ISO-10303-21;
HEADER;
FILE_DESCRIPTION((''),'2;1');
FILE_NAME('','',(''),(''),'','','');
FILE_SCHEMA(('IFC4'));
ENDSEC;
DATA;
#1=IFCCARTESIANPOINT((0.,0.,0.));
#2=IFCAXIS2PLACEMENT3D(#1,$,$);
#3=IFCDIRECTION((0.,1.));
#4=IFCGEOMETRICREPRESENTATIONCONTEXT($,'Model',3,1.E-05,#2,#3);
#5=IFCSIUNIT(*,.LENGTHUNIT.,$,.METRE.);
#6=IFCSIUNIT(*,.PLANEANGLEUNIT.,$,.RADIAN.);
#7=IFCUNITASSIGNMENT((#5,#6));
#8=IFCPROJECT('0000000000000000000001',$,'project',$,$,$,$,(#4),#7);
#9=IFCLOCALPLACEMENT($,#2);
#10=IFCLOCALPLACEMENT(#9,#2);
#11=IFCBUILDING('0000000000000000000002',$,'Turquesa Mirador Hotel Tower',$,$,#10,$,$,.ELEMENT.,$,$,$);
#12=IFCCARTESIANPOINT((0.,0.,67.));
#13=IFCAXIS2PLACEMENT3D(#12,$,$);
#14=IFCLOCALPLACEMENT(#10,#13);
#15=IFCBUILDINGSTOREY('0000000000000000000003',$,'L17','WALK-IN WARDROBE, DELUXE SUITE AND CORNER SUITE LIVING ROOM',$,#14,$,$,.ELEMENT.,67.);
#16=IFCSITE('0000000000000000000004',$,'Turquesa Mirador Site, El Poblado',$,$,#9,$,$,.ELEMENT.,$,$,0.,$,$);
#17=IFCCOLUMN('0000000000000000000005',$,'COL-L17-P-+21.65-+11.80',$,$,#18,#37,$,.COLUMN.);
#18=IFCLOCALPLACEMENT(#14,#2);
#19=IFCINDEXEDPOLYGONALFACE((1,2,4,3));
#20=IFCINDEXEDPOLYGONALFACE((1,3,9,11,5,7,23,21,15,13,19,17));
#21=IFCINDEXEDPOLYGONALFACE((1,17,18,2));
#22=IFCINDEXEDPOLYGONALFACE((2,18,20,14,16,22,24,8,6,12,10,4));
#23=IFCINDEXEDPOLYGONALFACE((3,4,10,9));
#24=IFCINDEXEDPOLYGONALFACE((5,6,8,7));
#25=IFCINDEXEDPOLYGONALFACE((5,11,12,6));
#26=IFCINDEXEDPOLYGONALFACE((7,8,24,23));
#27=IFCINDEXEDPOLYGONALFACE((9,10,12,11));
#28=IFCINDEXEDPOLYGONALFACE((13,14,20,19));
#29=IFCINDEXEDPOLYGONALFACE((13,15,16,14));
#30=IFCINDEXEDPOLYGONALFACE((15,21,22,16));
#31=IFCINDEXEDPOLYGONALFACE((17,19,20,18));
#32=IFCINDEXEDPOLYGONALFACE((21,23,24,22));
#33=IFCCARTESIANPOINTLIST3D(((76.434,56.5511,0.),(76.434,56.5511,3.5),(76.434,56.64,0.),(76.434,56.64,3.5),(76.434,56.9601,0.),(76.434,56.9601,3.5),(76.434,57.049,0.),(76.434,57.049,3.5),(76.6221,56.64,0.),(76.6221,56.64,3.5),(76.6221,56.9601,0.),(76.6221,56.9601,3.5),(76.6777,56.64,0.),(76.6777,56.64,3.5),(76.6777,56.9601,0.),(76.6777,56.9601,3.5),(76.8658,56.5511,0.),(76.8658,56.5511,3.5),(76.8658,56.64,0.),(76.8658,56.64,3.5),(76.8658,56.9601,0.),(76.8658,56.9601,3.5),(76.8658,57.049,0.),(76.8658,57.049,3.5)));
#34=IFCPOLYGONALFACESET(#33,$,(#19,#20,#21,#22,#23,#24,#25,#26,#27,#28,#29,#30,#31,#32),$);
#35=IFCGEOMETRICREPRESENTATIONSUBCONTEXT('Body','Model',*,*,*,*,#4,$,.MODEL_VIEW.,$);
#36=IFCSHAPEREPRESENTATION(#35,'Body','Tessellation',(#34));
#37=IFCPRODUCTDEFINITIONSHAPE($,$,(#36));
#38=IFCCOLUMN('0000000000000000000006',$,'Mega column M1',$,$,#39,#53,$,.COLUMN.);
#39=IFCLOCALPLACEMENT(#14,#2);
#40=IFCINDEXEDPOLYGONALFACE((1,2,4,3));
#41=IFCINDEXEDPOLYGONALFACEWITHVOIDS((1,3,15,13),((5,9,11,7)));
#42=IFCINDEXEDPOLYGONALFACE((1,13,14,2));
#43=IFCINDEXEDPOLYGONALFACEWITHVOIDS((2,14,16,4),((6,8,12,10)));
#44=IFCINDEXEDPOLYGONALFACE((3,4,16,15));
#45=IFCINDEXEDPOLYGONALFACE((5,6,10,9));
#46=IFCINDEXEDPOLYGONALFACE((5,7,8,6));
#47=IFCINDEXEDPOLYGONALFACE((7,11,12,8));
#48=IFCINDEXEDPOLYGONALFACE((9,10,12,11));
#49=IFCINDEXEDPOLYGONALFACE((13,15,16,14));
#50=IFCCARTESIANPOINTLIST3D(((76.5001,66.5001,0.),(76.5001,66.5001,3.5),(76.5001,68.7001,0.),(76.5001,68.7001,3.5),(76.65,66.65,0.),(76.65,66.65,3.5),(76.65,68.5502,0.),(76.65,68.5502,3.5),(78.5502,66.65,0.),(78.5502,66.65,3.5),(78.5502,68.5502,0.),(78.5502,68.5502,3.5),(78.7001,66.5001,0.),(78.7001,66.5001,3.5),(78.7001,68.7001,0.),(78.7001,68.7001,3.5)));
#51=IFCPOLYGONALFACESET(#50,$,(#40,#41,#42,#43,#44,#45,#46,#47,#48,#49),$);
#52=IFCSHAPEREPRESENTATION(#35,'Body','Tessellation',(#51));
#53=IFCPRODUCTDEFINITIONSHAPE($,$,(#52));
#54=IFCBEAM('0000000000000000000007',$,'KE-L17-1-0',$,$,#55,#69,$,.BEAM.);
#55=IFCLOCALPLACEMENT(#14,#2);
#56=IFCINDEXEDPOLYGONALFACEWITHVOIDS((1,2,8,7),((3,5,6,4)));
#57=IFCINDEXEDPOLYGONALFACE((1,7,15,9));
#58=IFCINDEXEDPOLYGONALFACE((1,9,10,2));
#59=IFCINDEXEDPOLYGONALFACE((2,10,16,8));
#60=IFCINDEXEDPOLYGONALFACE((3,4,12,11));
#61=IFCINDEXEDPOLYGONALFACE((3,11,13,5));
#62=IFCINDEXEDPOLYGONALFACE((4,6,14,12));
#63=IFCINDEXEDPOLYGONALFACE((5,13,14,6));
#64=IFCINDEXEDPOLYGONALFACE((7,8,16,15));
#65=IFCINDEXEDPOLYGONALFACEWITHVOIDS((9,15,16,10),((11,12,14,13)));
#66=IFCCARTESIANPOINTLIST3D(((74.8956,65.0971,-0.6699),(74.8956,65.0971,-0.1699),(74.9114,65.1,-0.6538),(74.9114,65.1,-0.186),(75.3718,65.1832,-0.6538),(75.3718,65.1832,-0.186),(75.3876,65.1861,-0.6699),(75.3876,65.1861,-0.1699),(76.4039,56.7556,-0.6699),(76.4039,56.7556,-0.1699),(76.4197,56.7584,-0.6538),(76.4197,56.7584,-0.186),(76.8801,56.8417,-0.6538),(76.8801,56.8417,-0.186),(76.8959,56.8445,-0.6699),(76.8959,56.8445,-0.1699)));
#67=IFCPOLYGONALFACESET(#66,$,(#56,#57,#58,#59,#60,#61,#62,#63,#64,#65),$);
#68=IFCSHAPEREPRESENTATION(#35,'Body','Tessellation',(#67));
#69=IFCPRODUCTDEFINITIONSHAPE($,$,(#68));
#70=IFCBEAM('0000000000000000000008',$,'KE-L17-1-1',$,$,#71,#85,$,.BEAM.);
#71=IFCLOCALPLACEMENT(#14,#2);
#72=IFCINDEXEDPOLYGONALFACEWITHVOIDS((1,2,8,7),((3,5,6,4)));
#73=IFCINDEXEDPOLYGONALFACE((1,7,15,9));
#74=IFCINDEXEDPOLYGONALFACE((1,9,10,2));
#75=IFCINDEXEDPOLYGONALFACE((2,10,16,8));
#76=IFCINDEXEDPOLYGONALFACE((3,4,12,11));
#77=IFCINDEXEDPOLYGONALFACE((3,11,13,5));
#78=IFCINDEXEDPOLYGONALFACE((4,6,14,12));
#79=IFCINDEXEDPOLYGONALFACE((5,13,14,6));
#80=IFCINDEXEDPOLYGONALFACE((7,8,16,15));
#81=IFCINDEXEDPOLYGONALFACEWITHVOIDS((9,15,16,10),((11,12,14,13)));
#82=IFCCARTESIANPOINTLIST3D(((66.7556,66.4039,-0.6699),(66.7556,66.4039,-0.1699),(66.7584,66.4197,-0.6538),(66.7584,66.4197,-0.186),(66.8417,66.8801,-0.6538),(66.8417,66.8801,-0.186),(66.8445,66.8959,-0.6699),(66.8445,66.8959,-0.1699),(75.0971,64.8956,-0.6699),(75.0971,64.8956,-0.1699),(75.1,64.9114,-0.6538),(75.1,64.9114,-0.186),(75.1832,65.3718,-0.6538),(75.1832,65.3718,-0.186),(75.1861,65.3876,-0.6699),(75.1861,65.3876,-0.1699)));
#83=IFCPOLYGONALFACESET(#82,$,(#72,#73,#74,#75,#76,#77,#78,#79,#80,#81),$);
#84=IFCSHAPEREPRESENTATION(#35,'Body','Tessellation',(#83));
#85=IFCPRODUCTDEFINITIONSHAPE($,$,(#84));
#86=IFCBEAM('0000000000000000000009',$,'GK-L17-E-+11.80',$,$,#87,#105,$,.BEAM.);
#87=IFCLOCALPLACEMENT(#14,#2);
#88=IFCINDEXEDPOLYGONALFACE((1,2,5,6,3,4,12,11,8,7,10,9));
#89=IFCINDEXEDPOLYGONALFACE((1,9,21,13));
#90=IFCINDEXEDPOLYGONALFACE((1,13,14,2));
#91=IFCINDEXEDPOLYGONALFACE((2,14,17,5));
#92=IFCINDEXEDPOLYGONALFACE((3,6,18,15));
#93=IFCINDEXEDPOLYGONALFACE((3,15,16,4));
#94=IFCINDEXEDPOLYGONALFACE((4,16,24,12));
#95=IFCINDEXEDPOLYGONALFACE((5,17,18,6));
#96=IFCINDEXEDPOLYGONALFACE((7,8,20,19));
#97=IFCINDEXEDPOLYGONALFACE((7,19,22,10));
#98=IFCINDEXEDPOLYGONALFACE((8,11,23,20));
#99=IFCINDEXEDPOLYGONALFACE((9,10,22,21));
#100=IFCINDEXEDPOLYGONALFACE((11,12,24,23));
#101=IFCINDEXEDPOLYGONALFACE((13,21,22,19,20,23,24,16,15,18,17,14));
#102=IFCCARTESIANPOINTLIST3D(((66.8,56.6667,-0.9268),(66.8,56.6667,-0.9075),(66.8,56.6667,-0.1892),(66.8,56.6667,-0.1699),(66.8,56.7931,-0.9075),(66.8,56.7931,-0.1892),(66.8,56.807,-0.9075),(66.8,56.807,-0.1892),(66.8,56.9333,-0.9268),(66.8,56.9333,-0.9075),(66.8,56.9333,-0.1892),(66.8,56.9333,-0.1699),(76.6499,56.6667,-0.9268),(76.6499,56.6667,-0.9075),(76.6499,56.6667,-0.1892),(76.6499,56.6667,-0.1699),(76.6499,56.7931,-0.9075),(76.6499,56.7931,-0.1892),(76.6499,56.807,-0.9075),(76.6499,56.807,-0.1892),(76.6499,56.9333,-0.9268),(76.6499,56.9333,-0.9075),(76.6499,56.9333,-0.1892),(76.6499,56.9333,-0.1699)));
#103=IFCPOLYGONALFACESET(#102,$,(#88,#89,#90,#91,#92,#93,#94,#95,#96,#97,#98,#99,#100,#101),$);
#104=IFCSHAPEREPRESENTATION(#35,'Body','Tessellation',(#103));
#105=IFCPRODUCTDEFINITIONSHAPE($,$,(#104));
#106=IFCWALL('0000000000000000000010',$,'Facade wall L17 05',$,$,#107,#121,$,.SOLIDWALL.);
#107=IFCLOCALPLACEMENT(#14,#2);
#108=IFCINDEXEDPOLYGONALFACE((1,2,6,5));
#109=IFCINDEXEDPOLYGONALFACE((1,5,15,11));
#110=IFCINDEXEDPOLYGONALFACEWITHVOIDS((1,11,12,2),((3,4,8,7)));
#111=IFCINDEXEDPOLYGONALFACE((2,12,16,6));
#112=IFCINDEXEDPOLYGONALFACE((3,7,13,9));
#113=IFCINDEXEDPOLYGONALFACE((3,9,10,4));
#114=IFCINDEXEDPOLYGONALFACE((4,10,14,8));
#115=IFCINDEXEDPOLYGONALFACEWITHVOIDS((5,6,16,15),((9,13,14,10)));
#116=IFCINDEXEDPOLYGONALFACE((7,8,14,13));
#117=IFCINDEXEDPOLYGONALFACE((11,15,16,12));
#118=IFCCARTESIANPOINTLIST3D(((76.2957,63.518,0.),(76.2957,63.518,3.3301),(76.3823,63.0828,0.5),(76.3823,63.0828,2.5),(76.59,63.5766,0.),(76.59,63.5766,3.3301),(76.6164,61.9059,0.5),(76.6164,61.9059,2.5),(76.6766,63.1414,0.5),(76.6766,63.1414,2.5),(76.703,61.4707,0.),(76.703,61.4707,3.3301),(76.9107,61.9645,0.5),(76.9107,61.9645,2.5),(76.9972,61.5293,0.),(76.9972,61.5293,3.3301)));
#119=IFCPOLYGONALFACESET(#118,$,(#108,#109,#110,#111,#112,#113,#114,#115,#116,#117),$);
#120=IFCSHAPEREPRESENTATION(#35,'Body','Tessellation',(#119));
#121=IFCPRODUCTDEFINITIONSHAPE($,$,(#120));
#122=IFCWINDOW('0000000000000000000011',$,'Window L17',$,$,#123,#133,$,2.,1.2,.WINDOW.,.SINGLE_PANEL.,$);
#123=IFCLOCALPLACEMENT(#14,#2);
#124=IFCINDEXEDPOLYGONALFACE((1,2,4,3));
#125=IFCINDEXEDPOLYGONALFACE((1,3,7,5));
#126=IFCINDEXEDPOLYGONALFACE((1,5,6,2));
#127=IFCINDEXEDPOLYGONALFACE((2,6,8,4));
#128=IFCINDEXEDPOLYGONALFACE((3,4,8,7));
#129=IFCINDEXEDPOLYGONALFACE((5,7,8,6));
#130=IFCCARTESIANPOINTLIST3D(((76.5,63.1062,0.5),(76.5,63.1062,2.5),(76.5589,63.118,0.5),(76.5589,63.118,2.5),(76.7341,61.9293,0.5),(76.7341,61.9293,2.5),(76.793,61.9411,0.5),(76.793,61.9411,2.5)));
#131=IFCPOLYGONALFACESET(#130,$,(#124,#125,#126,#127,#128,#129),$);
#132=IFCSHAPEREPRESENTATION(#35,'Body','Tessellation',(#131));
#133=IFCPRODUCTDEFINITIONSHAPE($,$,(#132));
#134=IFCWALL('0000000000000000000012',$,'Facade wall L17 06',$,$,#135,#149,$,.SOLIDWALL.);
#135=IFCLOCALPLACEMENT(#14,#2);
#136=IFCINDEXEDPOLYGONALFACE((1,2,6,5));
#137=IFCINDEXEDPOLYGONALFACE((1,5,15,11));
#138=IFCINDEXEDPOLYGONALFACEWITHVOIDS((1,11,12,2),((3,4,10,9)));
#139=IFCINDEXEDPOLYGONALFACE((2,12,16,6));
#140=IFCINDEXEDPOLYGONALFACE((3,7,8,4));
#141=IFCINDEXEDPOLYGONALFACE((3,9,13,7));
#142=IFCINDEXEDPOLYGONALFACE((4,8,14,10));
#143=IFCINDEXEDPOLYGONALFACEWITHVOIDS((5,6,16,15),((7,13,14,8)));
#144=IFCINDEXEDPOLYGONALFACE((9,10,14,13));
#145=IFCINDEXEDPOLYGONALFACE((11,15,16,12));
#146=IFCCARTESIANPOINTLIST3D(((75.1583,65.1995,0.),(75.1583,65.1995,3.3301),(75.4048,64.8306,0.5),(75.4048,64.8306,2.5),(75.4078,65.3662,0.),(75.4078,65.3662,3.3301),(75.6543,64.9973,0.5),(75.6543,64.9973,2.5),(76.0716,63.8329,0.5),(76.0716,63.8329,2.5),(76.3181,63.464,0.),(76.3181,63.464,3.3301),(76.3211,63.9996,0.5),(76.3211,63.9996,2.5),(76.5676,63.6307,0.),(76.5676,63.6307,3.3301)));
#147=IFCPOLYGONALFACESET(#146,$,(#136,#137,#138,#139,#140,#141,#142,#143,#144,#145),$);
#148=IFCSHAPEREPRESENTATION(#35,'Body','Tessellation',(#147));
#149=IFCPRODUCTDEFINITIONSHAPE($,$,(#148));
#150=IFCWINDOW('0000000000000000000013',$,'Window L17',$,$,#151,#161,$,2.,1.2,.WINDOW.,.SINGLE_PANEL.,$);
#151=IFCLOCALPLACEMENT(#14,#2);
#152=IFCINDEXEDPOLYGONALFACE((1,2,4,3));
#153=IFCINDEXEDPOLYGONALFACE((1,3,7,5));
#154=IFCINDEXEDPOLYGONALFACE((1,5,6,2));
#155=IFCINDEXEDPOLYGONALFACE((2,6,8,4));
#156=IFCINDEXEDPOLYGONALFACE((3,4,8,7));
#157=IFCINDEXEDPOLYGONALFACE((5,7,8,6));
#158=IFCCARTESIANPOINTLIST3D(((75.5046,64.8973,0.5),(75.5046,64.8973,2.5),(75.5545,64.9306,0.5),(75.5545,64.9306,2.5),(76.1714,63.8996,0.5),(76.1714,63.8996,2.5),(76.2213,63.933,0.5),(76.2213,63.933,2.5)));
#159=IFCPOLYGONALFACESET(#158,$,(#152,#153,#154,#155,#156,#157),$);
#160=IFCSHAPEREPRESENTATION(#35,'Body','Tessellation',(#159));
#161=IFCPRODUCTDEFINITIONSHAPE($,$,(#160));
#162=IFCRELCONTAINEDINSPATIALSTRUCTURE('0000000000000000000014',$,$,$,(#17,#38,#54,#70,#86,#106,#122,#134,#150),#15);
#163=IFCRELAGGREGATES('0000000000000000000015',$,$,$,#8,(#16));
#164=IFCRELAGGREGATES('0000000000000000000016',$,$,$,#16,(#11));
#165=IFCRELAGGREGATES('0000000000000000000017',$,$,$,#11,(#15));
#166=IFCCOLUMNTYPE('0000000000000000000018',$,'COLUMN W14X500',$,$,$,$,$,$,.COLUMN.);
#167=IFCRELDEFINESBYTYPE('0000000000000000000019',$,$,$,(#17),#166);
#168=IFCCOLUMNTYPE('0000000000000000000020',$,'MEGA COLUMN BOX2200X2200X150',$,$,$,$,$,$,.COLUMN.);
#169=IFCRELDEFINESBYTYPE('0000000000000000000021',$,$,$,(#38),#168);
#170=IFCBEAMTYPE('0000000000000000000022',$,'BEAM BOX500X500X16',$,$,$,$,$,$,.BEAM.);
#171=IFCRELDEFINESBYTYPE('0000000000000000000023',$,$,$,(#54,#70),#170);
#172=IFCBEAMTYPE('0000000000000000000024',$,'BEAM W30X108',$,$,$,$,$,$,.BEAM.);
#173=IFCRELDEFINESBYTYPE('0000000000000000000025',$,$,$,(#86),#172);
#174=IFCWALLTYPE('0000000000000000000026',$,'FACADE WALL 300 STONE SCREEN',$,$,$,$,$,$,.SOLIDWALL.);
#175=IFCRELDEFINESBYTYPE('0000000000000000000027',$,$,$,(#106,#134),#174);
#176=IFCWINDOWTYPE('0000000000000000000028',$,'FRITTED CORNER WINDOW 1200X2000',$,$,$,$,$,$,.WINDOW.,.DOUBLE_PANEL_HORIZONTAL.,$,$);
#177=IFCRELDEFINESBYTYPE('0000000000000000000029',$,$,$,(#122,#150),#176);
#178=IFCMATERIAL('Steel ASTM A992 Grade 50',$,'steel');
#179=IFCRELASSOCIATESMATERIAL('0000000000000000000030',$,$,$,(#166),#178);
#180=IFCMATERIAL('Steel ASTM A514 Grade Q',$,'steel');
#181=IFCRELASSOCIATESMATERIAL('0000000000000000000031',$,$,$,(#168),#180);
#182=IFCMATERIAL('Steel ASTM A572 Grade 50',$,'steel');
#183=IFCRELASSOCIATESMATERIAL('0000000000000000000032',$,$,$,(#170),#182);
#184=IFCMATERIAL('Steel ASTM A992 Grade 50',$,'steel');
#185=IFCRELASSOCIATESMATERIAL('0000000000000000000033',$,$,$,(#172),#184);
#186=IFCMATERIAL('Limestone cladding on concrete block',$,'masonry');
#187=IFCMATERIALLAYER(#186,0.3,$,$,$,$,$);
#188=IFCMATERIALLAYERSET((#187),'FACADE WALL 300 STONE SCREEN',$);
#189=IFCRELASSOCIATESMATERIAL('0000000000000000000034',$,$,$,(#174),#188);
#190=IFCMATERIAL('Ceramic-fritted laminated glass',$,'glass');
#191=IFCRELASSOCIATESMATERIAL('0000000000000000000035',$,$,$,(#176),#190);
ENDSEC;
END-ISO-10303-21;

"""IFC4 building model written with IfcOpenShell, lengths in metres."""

from ifc_helpers import new_model, si_unit, direction, frame, frame_2d, origin, origin_2d, place, context, subcontext, project, spatial, rectangle, hollow_rectangle, i_section, extrude, material, layer, layer_set, material_profile, profile_set, type_object, element, fill, save


model = new_model("IFC4")

# Units and contexts
model_context = context("Model", 3, precision=1e-05, world=origin(), true_north=direction((0.0, 1.0)))
body_context = subcontext(model_context, "Body", "Model", "MODEL_VIEW")
ifc_project = project(units=[si_unit("LENGTHUNIT", "METRE"), si_unit("PLANEANGLEUNIT", "RADIAN")], contexts=[model_context])

# Site, building, storey
site_placement = place(None, origin())
site = spatial("IfcSite", under=ifc_project, at=site_placement, Name="Turquesa Mirador Site, El Poblado", CompositionType="ELEMENT", RefElevation=0.0)
building_placement = place(site_placement, origin())
building = spatial("IfcBuilding", under=site, at=building_placement, Name="Turquesa Mirador Hotel Tower", CompositionType="ELEMENT")
storey_placement = place(building_placement, frame((0.0, 0.0, 67.0)))
storey = spatial("IfcBuildingStorey", under=building, at=storey_placement, Name="L17", Description="WALK-IN WARDROBE, DELUXE SUITE AND CORNER SUITE LIVING ROOM", CompositionType="ELEMENT", Elevation=67.0)

# Columns
ifc_material_1 = material(Name="Steel ASTM A992 Grade 50", Category="steel")
ifc_material_profile_1 = material_profile(ifc_material_1, i_section(OverallWidth=0.4319, OverallDepth=0.4978, WebThickness=0.0557, FlangeThickness=0.0889, at=origin_2d()), Name="W14X500")
ifc_profile_set_1 = profile_set([ifc_material_profile_1], Name="Steel ASTM A992 Grade 50")
column_type_1 = type_object("IfcColumnType", Name="COLUMN W14X500", PredefinedType="COLUMN", material=ifc_profile_set_1)
column_1_placement = place(storey_placement, frame((76.6499, 56.8, 0.0), z_axis=(0.0, 0.0, 1.0), x_axis=(1.0, 0.0, 0.0)))
element("IfcColumn", 1, at=column_1_placement, inside=storey, type_object=column_type_1, Name="COL-L17-P-+21.65-+11.80", PredefinedType="COLUMN", context=body_context, shape_type="SweptSolid", body=[
    extrude(i_section(OverallWidth=0.4319, OverallDepth=0.4978, WebThickness=0.0557, FlangeThickness=0.0889, at=origin_2d()), origin(), (0.0, 0.0, 1.0), 3.5),
])
ifc_material_2 = material(Name="Steel ASTM A514 Grade Q", Category="steel")
ifc_material_profile_2 = material_profile(ifc_material_2, hollow_rectangle(XDim=2.2, YDim=2.2, WallThickness=0.1499, at=origin_2d()), Name="BOX2200X2200X150")
ifc_profile_set_2 = profile_set([ifc_material_profile_2], Name="Steel ASTM A514 Grade Q")
column_type_2 = type_object("IfcColumnType", Name="MEGA COLUMN BOX2200X2200X150", PredefinedType="COLUMN", material=ifc_profile_set_2)
column_2_placement = place(storey_placement, frame((77.6001, 67.6001, 0.0), z_axis=(0.0, 0.0, 1.0), x_axis=(1.0, 0.0, 0.0)))
element("IfcColumn", 2, at=column_2_placement, inside=storey, type_object=column_type_2, Name="Mega column M1", PredefinedType="COLUMN", context=body_context, shape_type="SweptSolid", body=[
    extrude(hollow_rectangle(XDim=2.2, YDim=2.2, WallThickness=0.1499, at=origin_2d()), origin(), (0.0, 0.0, 1.0), 3.5),
])

# Beams
ifc_material_3 = material(Name="Steel ASTM A572 Grade 50", Category="steel")
ifc_material_profile_3 = material_profile(ifc_material_3, hollow_rectangle(XDim=0.5, YDim=0.5, WallThickness=0.0161, at=origin_2d()), Name="BOX500X500X16")
ifc_profile_set_3 = profile_set([ifc_material_profile_3], Name="Steel ASTM A572 Grade 50")
beam_type_1 = type_object("IfcBeamType", Name="BEAM BOX500X500X16", PredefinedType="BEAM", material=ifc_profile_set_3)
for number, where, z_axis, x_axis, name in (
    (3, (76.6499, 56.8, -0.4199), (-0.177932, 0.984043, 0.0), (-0.984043, -0.177932, 0.0), "KE-L17-1-0"),
    (4, (75.1416, 65.1416, -0.4199), (-0.984043, 0.177932, 0.0), (-0.177932, -0.984043, 0.0), "KE-L17-1-1"),
):
    element("IfcBeam", number, at=place(storey_placement, frame(where, z_axis=z_axis, x_axis=x_axis)), inside=storey, type_object=beam_type_1, Name=name, PredefinedType="BEAM", context=body_context, shape_type="SweptSolid", body=[
        extrude(hollow_rectangle(XDim=0.5, YDim=0.5, WallThickness=0.0161, at=origin_2d()), origin(), (0.0, 0.0, 1.0), 8.4768),
    ])
ifc_material_4 = material(Name="Steel ASTM A992 Grade 50", Category="steel")
ifc_material_profile_4 = material_profile(ifc_material_4, i_section(OverallWidth=0.2666, OverallDepth=0.7568, WebThickness=0.0139, FlangeThickness=0.0193, at=origin_2d()), Name="W30X108")
ifc_profile_set_4 = profile_set([ifc_material_profile_4], Name="Steel ASTM A992 Grade 50")
beam_type_2 = type_object("IfcBeamType", Name="BEAM W30X108", PredefinedType="BEAM", material=ifc_profile_set_4)
beam_placement = place(storey_placement, frame((76.6499, 56.8, -0.5483), z_axis=(-1.0, 0.0, 0.0), x_axis=(0.0, -1.0, 0.0)))
element("IfcBeam", 5, at=beam_placement, inside=storey, type_object=beam_type_2, Name="GK-L17-E-+11.80", PredefinedType="BEAM", context=body_context, shape_type="SweptSolid", body=[
    extrude(i_section(OverallWidth=0.2666, OverallDepth=0.7568, WebThickness=0.0139, FlangeThickness=0.0193, at=origin_2d()), origin(), (0.0, 0.0, 1.0), 9.8499),
])

# Walls, openings, windows
ifc_material_5 = material(Name="Limestone cladding on concrete block", Category="masonry")
ifc_layer = layer(ifc_material_5, 0.3)
ifc_layer_set = layer_set([ifc_layer], Name="FACADE WALL 300 STONE SCREEN")
wall_type = type_object("IfcWallType", Name="FACADE WALL 300 STONE SCREEN", PredefinedType="SOLIDWALL", material=ifc_layer_set)
wall_1_placement = place(storey_placement, frame((76.8501, 61.5, 0.0), z_axis=(0.0, 0.0, 1.0), x_axis=(-0.195081, 0.980787, 0.0)))
wall_1 = element("IfcWall", 6, at=wall_1_placement, inside=storey, type_object=wall_type, Name="Facade wall L17 05", PredefinedType="SOLIDWALL", context=body_context, shape_type="SweptSolid", body=[
    extrude(rectangle(XDim=2.0874, YDim=0.3, at=frame_2d((1.0437, 0.0))), origin(), (0.0, 0.0, 1.0), 3.3301),
])
opening_1_placement = place(wall_1_placement, frame((0.4436, 0.0, 0.5)))
opening_1 = element("IfcOpeningElement", 7, at=opening_1_placement, cuts=wall_1, PredefinedType="OPENING", context=body_context, shape_type="SweptSolid", body=[
    extrude(rectangle(XDim=1.2, YDim=2.0, at=frame_2d((0.6001, 1.0))), frame((0.0, 0.1599, 0.0), z_axis=(0.0, -1.0, 0.0), x_axis=(1.0, 0.0, 0.0)), (0.0, 0.0, 1.0), 0.3201),
])
ifc_material_6 = material(Name="Ceramic-fritted laminated glass", Category="glass")
window_type = type_object("IfcWindowType", Name="FRITTED CORNER WINDOW 1200X2000", PartitioningType="DOUBLE_PANEL_HORIZONTAL", PredefinedType="WINDOW", material=ifc_material_6)
window_1_placement = place(opening_1_placement, origin())
window_1 = element("IfcWindow", 8, at=window_1_placement, inside=storey, type_object=window_type, Name="Window L17", OverallHeight=2.0, OverallWidth=1.2, PartitioningType="SINGLE_PANEL", PredefinedType="WINDOW", context=body_context, shape_type="SweptSolid", body=[
    extrude(rectangle(XDim=1.2, YDim=2.0, at=frame_2d((0.6001, 1.0))), frame((0.0, 0.03, 0.0), z_axis=(0.0, -1.0, 0.0), x_axis=(1.0, 0.0, 0.0)), (0.0, 0.0, 1.0), 0.0601),
])
fill(opening_1, window_1)
wall_2_placement = place(storey_placement, frame((76.4429, 63.5474, 0.0), z_axis=(0.0, 0.0, 1.0), x_axis=(-0.555644, 0.83142, 0.0)))
wall_2 = element("IfcWall", 9, at=wall_2_placement, inside=storey, type_object=wall_type, Name="Facade wall L17 06", PredefinedType="SOLIDWALL", context=body_context, shape_type="SweptSolid", body=[
    extrude(rectangle(XDim=2.0874, YDim=0.3, at=frame_2d((1.0437, 0.0))), origin(), (0.0, 0.0, 1.0), 3.3301),
])
opening_2_placement = place(wall_2_placement, frame((0.4436, 0.0, 0.5)))
opening_2 = element("IfcOpeningElement", 10, at=opening_2_placement, cuts=wall_2, PredefinedType="OPENING", context=body_context, shape_type="SweptSolid", body=[
    extrude(rectangle(XDim=1.2, YDim=2.0, at=frame_2d((0.6001, 1.0))), frame((0.0, 0.1599, 0.0), z_axis=(0.0, -1.0, 0.0), x_axis=(1.0, 0.0, 0.0)), (0.0, 0.0, 1.0), 0.3201),
])
window_2_placement = place(opening_2_placement, origin())
window_2 = element("IfcWindow", 11, at=window_2_placement, inside=storey, type_object=window_type, Name="Window L17", OverallHeight=2.0, OverallWidth=1.2, PartitioningType="SINGLE_PANEL", PredefinedType="WINDOW", context=body_context, shape_type="SweptSolid", body=[
    extrude(rectangle(XDim=1.2, YDim=2.0, at=frame_2d((0.6001, 1.0))), frame((0.0, 0.03, 0.0), z_axis=(0.0, -1.0, 0.0), x_axis=(1.0, 0.0, 0.0)), (0.0, 0.0, 1.0), 0.0601),
])
fill(opening_2, window_2)

save(model, "model.ifc")
